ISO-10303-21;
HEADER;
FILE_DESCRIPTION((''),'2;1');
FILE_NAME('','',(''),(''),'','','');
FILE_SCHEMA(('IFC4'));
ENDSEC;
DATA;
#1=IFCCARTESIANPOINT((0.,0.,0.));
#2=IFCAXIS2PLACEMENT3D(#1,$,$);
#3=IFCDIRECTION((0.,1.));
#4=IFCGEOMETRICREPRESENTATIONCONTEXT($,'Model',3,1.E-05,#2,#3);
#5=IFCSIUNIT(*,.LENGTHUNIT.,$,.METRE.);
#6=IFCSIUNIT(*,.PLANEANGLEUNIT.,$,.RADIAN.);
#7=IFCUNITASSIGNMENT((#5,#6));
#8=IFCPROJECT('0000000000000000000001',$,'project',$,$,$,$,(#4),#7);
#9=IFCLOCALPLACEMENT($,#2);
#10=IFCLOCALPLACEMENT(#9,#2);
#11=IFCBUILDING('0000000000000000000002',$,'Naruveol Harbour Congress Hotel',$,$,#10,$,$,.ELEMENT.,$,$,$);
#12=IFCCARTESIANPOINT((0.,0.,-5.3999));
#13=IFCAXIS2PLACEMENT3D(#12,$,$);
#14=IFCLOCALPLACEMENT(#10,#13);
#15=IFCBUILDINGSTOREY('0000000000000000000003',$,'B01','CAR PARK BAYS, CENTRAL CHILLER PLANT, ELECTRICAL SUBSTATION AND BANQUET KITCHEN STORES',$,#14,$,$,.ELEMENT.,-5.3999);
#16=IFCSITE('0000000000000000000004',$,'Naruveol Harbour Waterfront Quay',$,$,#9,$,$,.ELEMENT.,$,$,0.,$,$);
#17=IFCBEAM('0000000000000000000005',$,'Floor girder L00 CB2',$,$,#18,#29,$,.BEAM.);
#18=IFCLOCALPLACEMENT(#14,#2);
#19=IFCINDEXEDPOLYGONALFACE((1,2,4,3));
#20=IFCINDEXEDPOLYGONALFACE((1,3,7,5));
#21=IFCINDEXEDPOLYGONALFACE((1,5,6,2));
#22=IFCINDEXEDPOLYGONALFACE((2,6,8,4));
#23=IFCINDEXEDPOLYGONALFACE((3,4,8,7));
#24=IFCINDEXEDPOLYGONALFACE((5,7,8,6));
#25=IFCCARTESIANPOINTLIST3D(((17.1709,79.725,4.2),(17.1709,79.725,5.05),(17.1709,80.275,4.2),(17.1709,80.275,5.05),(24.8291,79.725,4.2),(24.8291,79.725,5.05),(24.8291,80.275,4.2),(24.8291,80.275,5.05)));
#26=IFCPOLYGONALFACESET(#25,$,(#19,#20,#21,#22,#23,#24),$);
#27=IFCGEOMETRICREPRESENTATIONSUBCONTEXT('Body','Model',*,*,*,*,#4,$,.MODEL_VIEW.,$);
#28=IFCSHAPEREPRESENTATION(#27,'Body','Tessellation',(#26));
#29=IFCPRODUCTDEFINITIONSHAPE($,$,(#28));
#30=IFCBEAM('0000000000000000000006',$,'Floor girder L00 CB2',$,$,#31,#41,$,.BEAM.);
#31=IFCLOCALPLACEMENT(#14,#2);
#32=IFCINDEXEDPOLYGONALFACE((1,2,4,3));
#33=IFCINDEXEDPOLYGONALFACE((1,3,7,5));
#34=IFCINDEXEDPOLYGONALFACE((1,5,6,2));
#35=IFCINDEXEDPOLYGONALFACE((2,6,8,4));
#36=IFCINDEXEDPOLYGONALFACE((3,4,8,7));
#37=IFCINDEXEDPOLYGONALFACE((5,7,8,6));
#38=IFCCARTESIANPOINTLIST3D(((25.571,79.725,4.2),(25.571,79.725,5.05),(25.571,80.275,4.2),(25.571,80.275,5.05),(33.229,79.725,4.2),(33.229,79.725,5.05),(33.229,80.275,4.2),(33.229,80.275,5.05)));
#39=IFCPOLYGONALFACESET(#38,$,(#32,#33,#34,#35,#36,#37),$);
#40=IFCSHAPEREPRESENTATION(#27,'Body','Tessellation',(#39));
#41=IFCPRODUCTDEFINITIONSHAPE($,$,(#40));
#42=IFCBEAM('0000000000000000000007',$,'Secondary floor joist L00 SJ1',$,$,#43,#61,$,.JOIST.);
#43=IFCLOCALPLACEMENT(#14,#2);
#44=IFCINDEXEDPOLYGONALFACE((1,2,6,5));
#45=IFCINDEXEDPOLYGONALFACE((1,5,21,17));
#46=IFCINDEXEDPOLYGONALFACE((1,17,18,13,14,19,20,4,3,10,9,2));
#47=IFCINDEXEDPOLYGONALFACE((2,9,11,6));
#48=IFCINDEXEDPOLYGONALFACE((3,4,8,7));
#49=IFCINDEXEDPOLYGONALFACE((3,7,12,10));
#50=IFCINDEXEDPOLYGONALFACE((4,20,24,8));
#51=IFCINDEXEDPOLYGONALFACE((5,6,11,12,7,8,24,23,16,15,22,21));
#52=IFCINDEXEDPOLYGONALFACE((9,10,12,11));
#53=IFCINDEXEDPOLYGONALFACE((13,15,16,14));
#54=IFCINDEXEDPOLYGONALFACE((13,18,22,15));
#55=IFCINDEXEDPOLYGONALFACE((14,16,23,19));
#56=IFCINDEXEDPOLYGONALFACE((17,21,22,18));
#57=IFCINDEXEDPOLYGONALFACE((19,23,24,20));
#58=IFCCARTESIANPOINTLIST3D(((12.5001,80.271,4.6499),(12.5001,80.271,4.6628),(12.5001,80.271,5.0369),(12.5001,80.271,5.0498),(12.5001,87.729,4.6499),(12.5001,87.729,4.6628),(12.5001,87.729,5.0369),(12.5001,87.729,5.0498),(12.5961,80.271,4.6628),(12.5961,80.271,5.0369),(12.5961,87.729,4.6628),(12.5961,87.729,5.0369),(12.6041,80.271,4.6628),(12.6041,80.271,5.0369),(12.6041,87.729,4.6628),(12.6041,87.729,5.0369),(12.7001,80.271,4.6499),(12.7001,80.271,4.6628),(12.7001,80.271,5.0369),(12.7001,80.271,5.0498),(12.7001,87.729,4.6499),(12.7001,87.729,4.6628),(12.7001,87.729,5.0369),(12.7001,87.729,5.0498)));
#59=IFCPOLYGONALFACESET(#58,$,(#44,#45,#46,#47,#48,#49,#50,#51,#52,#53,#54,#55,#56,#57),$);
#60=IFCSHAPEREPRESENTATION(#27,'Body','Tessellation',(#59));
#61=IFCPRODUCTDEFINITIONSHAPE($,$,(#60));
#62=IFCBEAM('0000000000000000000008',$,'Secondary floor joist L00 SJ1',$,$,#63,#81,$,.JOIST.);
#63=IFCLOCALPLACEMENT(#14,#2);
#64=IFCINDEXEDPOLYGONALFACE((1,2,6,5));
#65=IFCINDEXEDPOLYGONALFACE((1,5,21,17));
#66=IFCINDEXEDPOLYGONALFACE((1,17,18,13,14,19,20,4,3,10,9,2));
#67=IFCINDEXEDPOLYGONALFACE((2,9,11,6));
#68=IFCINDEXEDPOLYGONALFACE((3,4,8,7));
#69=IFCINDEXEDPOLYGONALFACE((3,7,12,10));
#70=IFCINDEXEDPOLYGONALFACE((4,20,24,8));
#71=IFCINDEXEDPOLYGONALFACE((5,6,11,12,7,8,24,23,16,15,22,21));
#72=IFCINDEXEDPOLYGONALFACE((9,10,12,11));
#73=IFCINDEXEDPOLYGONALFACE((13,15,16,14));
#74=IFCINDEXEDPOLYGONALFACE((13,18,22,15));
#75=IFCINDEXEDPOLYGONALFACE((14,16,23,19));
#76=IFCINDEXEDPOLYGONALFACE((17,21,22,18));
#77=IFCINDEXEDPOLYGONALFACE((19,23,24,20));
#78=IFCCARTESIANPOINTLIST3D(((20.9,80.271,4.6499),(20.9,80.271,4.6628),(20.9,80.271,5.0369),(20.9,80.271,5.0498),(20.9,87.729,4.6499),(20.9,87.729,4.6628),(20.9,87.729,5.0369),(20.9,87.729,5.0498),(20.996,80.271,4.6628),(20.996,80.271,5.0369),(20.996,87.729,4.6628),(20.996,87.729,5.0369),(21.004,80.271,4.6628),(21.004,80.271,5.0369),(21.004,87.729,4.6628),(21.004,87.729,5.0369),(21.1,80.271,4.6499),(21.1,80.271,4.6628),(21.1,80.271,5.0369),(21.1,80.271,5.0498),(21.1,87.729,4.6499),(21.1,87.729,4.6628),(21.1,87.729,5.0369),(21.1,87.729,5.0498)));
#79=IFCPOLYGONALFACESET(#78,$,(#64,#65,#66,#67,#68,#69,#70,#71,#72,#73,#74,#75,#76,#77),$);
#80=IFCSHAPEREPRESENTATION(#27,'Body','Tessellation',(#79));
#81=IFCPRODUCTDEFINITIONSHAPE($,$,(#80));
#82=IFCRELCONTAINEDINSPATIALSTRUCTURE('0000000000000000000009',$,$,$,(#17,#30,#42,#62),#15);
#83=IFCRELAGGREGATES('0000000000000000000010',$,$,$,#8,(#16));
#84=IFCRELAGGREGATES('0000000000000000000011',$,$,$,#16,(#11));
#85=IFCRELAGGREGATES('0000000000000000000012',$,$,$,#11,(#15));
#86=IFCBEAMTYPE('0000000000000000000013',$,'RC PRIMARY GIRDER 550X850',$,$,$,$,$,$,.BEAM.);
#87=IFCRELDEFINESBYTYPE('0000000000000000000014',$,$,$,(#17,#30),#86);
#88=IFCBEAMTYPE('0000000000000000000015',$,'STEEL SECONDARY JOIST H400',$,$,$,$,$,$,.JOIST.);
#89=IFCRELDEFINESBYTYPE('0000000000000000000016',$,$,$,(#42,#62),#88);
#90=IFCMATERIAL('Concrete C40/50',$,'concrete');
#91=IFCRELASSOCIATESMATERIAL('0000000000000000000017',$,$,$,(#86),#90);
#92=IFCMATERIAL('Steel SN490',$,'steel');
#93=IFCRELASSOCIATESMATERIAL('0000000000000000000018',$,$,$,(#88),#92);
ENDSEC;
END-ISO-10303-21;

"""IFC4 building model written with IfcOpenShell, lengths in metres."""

from ifc_helpers import new_model, si_unit, direction, frame, origin, origin_2d, place, context, subcontext, project, spatial, rectangle, i_section, extrude, material, material_profile, profile_set, type_object, element, save


model = new_model("IFC4")

# Units and contexts
model_context = context("Model", 3, precision=1e-05, world=origin(), true_north=direction((0.0, 1.0)))
body_context = subcontext(model_context, "Body", "Model", "MODEL_VIEW")
ifc_project = project(units=[si_unit("LENGTHUNIT", "METRE"), si_unit("PLANEANGLEUNIT", "RADIAN")], contexts=[model_context])

# Site, building, storey
site_placement = place(None, origin())
site = spatial("IfcSite", under=ifc_project, at=site_placement, Name="Naruveol Harbour Waterfront Quay", CompositionType="ELEMENT", RefElevation=0.0)
building_placement = place(site_placement, origin())
building = spatial("IfcBuilding", under=site, at=building_placement, Name="Naruveol Harbour Congress Hotel", CompositionType="ELEMENT")
storey_placement = place(building_placement, frame((0.0, 0.0, -5.3999)))
storey = spatial("IfcBuildingStorey", under=building, at=storey_placement, Name="B01", Description="CAR PARK BAYS, CENTRAL CHILLER PLANT, ELECTRICAL SUBSTATION AND BANQUET KITCHEN STORES", CompositionType="ELEMENT", Elevation=-5.3999)

# Beams
ifc_material_1 = material(Name="Concrete C40/50", Category="concrete")
ifc_material_profile_1 = material_profile(ifc_material_1, rectangle(XDim=0.55, YDim=0.8501, at=origin_2d()), Name="RCB-550x850")
ifc_profile_set_1 = profile_set([ifc_material_profile_1], Name="Concrete C40/50")
beam_type_1 = type_object("IfcBeamType", Name="RC PRIMARY GIRDER 550X850", PredefinedType="BEAM", material=ifc_profile_set_1)
beam_1_placement = place(storey_placement, frame((17.1709, 80.0, 4.625), z_axis=(1.0, 0.0, 0.0), x_axis=(0.0, 1.0, 0.0)))
element("IfcBeam", 1, at=beam_1_placement, inside=storey, type_object=beam_type_1, Name="Floor girder L00 CB2", PredefinedType="BEAM", context=body_context, shape_type="SweptSolid", body=[
    extrude(rectangle(XDim=0.55, YDim=0.8501, at=origin_2d()), origin(), (0.0, 0.0, 1.0), 7.6582),
])
beam_2_placement = place(storey_placement, frame((25.571, 80.0, 4.625), z_axis=(1.0, 0.0, 0.0), x_axis=(0.0, 1.0, 0.0)))
element("IfcBeam", 2, at=beam_2_placement, inside=storey, type_object=beam_type_1, Name="Floor girder L00 CB2", PredefinedType="BEAM", context=body_context, shape_type="SweptSolid", body=[
    extrude(rectangle(XDim=0.55, YDim=0.8501, at=origin_2d()), origin(), (0.0, 0.0, 1.0), 7.658),
])
ifc_material_2 = material(Name="Steel SN490", Category="steel")
ifc_material_profile_2 = material_profile(ifc_material_2, i_section(OverallWidth=0.2, OverallDepth=0.3999, WebThickness=0.0081, FlangeThickness=0.0129, at=origin_2d()), Name="H-400x200x8x13")
ifc_profile_set_2 = profile_set([ifc_material_profile_2], Name="Steel SN490")
beam_type_2 = type_object("IfcBeamType", Name="STEEL SECONDARY JOIST H400", PredefinedType="JOIST", material=ifc_profile_set_2)
for number, where, z_axis, x_axis, name in (
    (3, (12.6001, 80.271, 4.8499), (0.0, 1.0, 0.0), (-1.0, 0.0, 0.0), "Secondary floor joist L00 SJ1"),
    (4, (21.0, 80.271, 4.8499), (0.0, 1.0, 0.0), (-1.0, 0.0, 0.0), "Secondary floor joist L00 SJ1"),
):
    element("IfcBeam", number, at=place(storey_placement, frame(where, z_axis=z_axis, x_axis=x_axis)), inside=storey, type_object=beam_type_2, Name=name, PredefinedType="JOIST", context=body_context, shape_type="SweptSolid", body=[
        extrude(i_section(OverallWidth=0.2, OverallDepth=0.3999, WebThickness=0.0081, FlangeThickness=0.0129, at=origin_2d()), origin(), (0.0, 0.0, 1.0), 7.458),
    ])

save(model, "model.ifc")
